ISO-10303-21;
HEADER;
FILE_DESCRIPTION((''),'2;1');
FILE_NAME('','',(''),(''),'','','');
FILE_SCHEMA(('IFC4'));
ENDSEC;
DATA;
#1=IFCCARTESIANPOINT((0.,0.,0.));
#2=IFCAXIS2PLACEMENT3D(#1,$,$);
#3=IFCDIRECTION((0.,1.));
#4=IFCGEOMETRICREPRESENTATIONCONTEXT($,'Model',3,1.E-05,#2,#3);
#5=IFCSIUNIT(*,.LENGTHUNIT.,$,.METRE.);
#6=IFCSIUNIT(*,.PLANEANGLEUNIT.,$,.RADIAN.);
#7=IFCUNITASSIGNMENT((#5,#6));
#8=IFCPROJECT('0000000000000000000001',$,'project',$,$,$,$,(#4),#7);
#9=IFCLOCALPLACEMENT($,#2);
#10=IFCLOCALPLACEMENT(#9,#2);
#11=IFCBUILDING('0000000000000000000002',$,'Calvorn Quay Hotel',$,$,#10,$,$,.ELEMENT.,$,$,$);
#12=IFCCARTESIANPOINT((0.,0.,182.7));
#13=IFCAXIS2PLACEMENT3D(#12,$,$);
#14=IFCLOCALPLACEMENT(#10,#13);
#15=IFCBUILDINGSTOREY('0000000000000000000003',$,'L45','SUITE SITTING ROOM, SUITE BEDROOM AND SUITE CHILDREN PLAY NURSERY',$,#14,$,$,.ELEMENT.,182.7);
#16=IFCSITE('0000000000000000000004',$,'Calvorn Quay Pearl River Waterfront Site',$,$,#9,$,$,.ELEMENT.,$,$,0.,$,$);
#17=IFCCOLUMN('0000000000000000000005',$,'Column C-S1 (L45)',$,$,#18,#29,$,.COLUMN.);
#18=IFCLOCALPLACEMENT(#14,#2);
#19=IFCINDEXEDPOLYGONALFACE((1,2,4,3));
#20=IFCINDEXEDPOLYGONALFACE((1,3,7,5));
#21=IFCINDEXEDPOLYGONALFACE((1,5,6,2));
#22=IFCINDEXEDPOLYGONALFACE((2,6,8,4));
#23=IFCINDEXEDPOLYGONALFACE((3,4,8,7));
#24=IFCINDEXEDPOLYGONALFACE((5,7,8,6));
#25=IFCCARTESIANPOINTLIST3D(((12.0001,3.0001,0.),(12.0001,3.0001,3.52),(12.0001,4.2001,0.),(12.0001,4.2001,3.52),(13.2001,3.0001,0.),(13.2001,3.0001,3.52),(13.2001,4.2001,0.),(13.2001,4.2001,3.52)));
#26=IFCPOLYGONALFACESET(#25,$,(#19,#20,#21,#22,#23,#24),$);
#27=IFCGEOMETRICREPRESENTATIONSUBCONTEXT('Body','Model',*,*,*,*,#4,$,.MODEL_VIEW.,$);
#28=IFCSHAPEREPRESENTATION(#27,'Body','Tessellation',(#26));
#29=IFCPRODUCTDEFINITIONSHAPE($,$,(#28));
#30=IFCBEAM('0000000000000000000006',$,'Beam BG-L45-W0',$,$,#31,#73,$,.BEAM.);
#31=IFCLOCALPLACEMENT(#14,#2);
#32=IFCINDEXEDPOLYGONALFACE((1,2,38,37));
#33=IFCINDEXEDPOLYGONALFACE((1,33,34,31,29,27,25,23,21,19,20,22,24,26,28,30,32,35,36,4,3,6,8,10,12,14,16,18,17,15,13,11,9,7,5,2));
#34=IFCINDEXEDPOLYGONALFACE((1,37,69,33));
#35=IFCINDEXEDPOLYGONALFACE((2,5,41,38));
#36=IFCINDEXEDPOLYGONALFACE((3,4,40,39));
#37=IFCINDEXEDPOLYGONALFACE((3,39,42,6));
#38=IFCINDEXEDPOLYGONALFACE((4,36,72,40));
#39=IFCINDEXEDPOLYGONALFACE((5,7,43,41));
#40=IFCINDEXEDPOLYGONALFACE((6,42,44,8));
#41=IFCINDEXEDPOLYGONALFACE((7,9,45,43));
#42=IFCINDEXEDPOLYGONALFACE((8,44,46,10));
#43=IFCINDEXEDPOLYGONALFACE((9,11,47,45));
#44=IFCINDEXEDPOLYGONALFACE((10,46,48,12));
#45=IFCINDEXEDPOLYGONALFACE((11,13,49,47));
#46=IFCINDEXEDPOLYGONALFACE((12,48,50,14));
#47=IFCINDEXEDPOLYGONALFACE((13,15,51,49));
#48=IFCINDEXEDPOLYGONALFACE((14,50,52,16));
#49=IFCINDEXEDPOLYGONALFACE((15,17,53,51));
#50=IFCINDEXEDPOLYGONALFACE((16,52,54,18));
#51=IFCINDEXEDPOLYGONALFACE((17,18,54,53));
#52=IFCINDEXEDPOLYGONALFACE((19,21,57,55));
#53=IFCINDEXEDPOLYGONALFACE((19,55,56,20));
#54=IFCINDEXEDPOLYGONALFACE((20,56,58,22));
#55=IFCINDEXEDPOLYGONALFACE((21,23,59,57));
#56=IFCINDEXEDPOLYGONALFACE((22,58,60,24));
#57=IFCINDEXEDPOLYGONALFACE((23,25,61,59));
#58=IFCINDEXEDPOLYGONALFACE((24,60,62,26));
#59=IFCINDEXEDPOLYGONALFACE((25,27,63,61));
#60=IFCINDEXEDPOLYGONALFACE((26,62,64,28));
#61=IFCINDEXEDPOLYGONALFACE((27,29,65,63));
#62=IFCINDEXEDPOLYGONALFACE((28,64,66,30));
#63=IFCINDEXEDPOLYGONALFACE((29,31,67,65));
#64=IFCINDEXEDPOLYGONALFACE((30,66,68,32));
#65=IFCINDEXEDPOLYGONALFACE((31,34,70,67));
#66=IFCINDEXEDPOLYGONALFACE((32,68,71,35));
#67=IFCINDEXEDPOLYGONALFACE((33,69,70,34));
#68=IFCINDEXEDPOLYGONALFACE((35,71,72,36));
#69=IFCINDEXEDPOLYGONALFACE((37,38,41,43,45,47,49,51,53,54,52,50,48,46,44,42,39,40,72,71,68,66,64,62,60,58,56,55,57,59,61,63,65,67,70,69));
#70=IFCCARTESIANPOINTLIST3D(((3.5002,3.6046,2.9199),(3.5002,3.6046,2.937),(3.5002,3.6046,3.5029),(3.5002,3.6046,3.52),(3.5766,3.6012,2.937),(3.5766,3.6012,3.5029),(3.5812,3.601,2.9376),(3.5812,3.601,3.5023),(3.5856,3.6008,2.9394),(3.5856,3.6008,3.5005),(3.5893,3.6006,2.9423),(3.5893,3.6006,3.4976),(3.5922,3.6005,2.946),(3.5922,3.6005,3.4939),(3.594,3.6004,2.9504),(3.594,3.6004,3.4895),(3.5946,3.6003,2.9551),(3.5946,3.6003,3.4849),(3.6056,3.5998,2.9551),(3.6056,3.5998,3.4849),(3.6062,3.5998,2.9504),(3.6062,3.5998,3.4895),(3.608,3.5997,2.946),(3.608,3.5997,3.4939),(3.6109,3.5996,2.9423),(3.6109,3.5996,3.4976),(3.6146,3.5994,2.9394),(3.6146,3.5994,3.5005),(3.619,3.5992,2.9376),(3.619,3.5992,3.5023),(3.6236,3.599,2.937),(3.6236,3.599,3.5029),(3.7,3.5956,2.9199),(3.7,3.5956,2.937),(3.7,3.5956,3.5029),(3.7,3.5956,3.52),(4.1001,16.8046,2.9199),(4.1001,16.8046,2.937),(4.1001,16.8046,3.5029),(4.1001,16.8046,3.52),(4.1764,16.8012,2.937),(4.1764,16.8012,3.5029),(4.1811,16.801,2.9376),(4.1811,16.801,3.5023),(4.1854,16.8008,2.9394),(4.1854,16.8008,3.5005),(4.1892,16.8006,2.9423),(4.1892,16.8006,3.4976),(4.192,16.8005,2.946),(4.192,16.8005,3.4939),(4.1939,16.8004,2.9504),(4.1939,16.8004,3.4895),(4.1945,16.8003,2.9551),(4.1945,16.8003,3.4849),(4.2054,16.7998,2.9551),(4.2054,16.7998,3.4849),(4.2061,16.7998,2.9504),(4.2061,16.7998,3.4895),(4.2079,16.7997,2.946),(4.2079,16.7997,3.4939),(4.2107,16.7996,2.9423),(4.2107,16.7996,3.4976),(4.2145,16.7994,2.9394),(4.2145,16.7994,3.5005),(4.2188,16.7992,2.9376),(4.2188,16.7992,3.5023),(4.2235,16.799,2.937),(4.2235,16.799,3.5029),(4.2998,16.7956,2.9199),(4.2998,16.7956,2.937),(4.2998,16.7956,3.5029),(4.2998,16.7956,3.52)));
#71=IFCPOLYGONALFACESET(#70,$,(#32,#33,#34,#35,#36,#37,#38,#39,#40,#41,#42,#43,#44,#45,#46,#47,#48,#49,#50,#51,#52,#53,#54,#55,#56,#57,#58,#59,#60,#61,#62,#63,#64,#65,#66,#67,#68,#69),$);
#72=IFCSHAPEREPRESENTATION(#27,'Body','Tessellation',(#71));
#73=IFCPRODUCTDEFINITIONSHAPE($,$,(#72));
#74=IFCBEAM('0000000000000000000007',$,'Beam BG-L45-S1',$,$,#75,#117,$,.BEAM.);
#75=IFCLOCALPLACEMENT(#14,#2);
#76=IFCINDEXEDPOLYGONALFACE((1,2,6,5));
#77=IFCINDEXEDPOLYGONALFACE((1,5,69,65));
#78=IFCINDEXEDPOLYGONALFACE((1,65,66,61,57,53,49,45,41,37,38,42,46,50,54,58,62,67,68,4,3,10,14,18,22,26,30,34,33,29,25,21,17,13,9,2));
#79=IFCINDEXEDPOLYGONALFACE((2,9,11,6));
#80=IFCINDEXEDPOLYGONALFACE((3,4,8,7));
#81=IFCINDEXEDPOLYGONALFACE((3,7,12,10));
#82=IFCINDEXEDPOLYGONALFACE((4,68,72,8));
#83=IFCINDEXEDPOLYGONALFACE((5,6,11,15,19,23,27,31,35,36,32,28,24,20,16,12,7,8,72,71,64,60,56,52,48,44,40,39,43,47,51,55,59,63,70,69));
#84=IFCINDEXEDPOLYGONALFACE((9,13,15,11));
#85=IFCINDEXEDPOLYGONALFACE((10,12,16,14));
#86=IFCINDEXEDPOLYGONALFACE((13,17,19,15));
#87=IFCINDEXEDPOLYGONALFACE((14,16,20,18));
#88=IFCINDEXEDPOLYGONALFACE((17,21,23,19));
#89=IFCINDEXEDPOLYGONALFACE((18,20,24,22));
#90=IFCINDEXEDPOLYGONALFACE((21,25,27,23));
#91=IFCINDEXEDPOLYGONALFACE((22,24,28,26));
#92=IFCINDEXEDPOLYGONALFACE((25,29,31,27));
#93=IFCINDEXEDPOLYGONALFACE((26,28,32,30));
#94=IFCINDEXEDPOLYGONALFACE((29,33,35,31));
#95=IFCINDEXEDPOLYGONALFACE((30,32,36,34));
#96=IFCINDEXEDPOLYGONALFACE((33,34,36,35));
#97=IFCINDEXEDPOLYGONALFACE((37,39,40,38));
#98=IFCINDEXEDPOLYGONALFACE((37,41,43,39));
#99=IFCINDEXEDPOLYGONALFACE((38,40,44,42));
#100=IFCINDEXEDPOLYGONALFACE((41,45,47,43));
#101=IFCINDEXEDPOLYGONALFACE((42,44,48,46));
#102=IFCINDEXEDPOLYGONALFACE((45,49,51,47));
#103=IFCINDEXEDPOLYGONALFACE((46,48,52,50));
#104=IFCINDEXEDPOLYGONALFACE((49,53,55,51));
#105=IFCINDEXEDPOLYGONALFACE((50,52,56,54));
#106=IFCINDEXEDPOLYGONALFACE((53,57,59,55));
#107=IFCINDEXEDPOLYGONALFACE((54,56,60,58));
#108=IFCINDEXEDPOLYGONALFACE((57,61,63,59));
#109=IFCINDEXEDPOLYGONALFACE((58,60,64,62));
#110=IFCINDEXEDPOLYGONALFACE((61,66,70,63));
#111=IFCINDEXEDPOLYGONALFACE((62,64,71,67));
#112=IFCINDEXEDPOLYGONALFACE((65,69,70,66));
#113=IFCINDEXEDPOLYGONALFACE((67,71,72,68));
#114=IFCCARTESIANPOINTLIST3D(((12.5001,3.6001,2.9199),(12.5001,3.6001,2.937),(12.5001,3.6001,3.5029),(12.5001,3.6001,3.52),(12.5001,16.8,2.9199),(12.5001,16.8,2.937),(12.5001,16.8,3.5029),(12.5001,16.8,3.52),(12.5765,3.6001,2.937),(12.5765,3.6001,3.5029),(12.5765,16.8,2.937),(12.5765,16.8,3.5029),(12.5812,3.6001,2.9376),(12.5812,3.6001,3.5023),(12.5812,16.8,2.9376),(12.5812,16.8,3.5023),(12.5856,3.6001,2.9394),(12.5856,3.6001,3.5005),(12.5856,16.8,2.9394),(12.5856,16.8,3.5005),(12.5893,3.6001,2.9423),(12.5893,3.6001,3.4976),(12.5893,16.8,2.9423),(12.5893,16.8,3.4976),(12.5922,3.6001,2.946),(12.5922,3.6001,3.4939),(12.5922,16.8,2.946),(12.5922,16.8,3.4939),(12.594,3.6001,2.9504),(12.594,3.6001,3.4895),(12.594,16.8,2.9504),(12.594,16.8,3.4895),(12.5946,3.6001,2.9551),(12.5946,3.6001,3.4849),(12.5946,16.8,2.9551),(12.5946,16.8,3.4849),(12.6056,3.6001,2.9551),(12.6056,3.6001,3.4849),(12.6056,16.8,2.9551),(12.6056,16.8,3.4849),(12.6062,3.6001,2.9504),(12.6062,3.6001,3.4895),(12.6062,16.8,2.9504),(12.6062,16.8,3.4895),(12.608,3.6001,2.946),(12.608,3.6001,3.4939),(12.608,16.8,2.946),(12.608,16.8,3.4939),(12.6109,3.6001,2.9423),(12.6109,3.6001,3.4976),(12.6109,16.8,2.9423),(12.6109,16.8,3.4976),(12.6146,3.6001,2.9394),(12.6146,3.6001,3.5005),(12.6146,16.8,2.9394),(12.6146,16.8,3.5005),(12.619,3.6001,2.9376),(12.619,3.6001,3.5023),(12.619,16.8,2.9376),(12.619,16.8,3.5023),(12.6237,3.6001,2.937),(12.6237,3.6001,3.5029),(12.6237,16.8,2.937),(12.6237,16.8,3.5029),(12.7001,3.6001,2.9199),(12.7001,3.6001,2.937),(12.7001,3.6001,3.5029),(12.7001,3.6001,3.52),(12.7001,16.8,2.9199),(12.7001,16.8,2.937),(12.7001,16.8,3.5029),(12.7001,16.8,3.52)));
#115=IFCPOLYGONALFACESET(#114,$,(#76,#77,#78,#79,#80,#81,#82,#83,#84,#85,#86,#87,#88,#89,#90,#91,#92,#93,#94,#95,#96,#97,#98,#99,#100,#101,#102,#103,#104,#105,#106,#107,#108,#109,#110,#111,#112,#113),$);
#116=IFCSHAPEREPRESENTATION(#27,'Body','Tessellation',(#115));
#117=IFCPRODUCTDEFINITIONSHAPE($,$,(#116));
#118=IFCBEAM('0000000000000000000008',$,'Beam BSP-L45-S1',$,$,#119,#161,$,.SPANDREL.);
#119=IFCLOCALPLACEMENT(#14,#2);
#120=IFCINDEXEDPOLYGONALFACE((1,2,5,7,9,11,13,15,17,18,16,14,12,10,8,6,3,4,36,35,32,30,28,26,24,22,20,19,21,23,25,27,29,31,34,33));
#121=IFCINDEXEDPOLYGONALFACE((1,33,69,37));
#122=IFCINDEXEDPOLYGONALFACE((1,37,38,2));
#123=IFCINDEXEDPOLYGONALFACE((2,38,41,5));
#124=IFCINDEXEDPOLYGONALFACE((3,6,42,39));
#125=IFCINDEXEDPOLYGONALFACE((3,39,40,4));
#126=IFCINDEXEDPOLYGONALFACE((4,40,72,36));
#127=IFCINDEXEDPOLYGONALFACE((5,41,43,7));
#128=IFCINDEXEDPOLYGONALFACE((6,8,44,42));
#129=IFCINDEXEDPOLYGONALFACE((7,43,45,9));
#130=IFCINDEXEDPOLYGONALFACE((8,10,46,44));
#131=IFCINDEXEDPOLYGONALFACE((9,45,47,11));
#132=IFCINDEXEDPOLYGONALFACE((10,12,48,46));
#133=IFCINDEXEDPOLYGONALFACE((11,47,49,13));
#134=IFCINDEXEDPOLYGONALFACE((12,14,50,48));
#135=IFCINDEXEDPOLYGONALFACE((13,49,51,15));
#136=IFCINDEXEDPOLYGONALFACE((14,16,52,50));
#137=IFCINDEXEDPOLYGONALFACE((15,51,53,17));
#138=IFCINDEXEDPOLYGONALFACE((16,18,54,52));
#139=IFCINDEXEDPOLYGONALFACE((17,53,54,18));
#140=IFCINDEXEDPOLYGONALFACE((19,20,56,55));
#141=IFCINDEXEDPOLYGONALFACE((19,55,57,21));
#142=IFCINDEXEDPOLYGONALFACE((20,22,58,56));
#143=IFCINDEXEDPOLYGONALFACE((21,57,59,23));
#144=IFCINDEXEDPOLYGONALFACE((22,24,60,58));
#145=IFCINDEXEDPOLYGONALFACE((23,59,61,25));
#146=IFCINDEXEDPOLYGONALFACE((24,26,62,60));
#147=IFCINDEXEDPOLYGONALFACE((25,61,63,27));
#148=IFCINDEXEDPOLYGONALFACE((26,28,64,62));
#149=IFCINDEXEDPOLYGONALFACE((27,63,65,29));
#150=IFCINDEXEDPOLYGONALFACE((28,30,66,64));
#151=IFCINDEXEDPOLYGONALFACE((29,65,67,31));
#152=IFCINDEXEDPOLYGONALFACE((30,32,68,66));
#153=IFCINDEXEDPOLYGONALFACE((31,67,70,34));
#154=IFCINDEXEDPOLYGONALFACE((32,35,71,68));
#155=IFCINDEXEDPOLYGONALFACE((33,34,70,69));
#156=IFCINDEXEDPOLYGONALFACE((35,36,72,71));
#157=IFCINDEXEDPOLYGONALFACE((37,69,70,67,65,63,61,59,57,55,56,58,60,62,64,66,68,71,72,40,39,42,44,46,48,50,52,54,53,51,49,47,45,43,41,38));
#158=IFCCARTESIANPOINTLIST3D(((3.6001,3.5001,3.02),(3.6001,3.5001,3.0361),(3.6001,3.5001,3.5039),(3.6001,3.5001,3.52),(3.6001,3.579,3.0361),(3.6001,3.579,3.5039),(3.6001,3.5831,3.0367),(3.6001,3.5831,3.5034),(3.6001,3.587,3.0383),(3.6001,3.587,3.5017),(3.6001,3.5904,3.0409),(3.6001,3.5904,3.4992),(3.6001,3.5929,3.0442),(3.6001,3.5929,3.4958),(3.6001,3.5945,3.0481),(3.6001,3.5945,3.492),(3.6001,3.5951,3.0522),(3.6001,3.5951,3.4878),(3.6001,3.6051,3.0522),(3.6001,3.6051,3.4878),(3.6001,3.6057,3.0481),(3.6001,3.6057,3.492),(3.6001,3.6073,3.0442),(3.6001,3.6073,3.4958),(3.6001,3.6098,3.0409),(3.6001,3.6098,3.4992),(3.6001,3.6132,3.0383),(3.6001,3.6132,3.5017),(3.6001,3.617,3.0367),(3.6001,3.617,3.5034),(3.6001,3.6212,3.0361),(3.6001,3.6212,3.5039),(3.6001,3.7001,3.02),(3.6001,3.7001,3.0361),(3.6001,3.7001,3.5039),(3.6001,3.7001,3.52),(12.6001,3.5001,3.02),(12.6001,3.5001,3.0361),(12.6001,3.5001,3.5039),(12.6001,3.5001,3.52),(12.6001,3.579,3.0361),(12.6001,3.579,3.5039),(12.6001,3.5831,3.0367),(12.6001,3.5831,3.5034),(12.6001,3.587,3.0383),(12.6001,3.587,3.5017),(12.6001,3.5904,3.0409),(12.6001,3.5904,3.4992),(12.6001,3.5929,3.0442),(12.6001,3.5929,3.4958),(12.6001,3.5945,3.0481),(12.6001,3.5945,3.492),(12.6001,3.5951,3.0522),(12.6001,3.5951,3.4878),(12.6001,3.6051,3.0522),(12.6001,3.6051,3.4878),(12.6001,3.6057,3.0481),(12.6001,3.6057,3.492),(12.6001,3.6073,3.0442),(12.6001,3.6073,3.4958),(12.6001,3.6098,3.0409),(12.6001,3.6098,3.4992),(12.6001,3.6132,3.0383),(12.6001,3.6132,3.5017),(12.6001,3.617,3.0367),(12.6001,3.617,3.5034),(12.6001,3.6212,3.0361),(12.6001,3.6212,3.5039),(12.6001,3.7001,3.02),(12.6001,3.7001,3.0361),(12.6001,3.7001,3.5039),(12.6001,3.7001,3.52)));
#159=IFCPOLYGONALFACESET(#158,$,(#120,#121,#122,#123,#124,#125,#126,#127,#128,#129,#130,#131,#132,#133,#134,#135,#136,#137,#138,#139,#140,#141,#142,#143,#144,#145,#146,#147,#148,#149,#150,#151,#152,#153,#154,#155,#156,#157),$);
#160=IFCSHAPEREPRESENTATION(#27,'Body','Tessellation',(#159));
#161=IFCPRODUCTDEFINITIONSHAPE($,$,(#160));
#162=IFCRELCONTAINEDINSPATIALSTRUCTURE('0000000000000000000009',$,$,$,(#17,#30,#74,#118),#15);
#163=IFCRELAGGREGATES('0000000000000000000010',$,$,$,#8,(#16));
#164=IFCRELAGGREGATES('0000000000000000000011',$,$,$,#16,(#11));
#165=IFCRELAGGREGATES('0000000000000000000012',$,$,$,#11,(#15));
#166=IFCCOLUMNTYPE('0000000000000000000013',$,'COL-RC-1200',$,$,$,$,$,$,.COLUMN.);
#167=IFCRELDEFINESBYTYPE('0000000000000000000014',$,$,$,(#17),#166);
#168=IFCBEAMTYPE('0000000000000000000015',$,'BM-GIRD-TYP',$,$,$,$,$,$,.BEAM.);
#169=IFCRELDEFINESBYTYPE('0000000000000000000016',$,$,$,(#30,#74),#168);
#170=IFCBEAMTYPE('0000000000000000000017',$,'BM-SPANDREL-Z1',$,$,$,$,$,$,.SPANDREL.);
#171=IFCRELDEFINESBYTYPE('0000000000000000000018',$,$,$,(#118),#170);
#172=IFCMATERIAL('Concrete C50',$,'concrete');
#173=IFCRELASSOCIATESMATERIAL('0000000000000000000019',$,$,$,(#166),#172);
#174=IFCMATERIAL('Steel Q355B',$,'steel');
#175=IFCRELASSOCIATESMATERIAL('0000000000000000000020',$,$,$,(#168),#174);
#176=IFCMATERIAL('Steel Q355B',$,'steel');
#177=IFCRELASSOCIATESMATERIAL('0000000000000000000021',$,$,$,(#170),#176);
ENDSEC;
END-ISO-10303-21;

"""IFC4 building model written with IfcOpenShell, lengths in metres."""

from ifc_helpers import new_model, si_unit, direction, frame, origin, origin_2d, place, context, subcontext, project, spatial, rectangle, i_section, extrude, material, material_profile, profile_set, type_object, element, save


model = new_model("IFC4")

# Units and contexts
model_context = context("Model", 3, precision=1e-05, world=origin(), true_north=direction((0.0, 1.0)))
body_context = subcontext(model_context, "Body", "Model", "MODEL_VIEW")
ifc_project = project(units=[si_unit("LENGTHUNIT", "METRE"), si_unit("PLANEANGLEUNIT", "RADIAN")], contexts=[model_context])

# Site, building, storey
site_placement = place(None, origin())
site = spatial("IfcSite", under=ifc_project, at=site_placement, Name="Calvorn Quay Pearl River Waterfront Site", CompositionType="ELEMENT", RefElevation=0.0)
building_placement = place(site_placement, origin())
building = spatial("IfcBuilding", under=site, at=building_placement, Name="Calvorn Quay Hotel", CompositionType="ELEMENT")
storey_placement = place(building_placement, frame((0.0, 0.0, 182.7)))
storey = spatial("IfcBuildingStorey", under=building, at=storey_placement, Name="L45", Description="SUITE SITTING ROOM, SUITE BEDROOM AND SUITE CHILDREN PLAY NURSERY", CompositionType="ELEMENT", Elevation=182.7)

# Column
ifc_material_1 = material(Name="Concrete C50", Category="concrete")
ifc_material_profile_1 = material_profile(ifc_material_1, rectangle(XDim=1.2, YDim=1.2, at=origin_2d()), Name="RC1200x1200")
ifc_profile_set_1 = profile_set([ifc_material_profile_1], Name="Concrete C50")
column_type = type_object("IfcColumnType", Name="COL-RC-1200", PredefinedType="COLUMN", material=ifc_profile_set_1)
column_placement = place(storey_placement, frame((12.6001, 3.6001, 0.0), z_axis=(0.0, 0.0, 1.0), x_axis=(1.0, 0.0, 0.0)))
element("IfcColumn", 1, at=column_placement, inside=storey, type_object=column_type, Name="Column C-S1 (L45)", PredefinedType="COLUMN", context=body_context, shape_type="SweptSolid", body=[
    extrude(rectangle(XDim=1.2, YDim=1.2, at=origin_2d()), origin(), (0.0, 0.0, 1.0), 3.52),
])

# Beams
ifc_material_2 = material(Name="Steel Q355B", Category="steel")
ifc_material_profile_2 = material_profile(ifc_material_2, i_section(OverallWidth=0.2, OverallDepth=0.6001, WebThickness=0.011, FlangeThickness=0.0171, FilletRadius=0.0181, at=origin_2d()), Name="HN600x200x11x17")
ifc_profile_set_2 = profile_set([ifc_material_profile_2], Name="Steel Q355B")
beam_type_1 = type_object("IfcBeamType", Name="BM-GIRD-TYP", PredefinedType="BEAM", material=ifc_profile_set_2)
beam_1_placement = place(storey_placement, frame((3.6001, 3.6001, 3.22), z_axis=(0.045397, 0.998969, 0.0), x_axis=(-0.998969, 0.045397, 0.0)))
element("IfcBeam", 2, at=beam_1_placement, inside=storey, type_object=beam_type_1, Name="Beam BG-L45-W0", PredefinedType="BEAM", context=body_context, shape_type="SweptSolid", body=[
    extrude(i_section(OverallWidth=0.2, OverallDepth=0.6001, WebThickness=0.011, FlangeThickness=0.0171, FilletRadius=0.0181, at=origin_2d()), origin(), (0.0, 0.0, 1.0), 13.2136),
])
beam_2_placement = place(storey_placement, frame((12.6001, 3.6001, 3.22), z_axis=(0.0, 1.0, 0.0), x_axis=(-1.0, 0.0, 0.0)))
element("IfcBeam", 3, at=beam_2_placement, inside=storey, type_object=beam_type_1, Name="Beam BG-L45-S1", PredefinedType="BEAM", context=body_context, shape_type="SweptSolid", body=[
    extrude(i_section(OverallWidth=0.2, OverallDepth=0.6001, WebThickness=0.011, FlangeThickness=0.0171, FilletRadius=0.0181, at=origin_2d()), origin(), (0.0, 0.0, 1.0), 13.2),
])
ifc_material_3 = material(Name="Steel Q355B", Category="steel")
ifc_material_profile_3 = material_profile(ifc_material_3, i_section(OverallWidth=0.2, OverallDepth=0.5, WebThickness=0.01, FlangeThickness=0.0161, FilletRadius=0.0161, at=origin_2d()), Name="HN500x200x10x16")
ifc_profile_set_3 = profile_set([ifc_material_profile_3], Name="Steel Q355B")
beam_type_2 = type_object("IfcBeamType", Name="BM-SPANDREL-Z1", PredefinedType="SPANDREL", material=ifc_profile_set_3)
beam_3_placement = place(storey_placement, frame((3.6001, 3.6001, 3.27), z_axis=(1.0, 0.0, 0.0), x_axis=(0.0, 1.0, 0.0)))
element("IfcBeam", 4, at=beam_3_placement, inside=storey, type_object=beam_type_2, Name="Beam BSP-L45-S1", PredefinedType="SPANDREL", context=body_context, shape_type="SweptSolid", body=[
    extrude(i_section(OverallWidth=0.2, OverallDepth=0.5, WebThickness=0.01, FlangeThickness=0.0161, FilletRadius=0.0161, at=origin_2d()), origin(), (0.0, 0.0, 1.0), 9.0),
])

save(model, "model.ifc")
